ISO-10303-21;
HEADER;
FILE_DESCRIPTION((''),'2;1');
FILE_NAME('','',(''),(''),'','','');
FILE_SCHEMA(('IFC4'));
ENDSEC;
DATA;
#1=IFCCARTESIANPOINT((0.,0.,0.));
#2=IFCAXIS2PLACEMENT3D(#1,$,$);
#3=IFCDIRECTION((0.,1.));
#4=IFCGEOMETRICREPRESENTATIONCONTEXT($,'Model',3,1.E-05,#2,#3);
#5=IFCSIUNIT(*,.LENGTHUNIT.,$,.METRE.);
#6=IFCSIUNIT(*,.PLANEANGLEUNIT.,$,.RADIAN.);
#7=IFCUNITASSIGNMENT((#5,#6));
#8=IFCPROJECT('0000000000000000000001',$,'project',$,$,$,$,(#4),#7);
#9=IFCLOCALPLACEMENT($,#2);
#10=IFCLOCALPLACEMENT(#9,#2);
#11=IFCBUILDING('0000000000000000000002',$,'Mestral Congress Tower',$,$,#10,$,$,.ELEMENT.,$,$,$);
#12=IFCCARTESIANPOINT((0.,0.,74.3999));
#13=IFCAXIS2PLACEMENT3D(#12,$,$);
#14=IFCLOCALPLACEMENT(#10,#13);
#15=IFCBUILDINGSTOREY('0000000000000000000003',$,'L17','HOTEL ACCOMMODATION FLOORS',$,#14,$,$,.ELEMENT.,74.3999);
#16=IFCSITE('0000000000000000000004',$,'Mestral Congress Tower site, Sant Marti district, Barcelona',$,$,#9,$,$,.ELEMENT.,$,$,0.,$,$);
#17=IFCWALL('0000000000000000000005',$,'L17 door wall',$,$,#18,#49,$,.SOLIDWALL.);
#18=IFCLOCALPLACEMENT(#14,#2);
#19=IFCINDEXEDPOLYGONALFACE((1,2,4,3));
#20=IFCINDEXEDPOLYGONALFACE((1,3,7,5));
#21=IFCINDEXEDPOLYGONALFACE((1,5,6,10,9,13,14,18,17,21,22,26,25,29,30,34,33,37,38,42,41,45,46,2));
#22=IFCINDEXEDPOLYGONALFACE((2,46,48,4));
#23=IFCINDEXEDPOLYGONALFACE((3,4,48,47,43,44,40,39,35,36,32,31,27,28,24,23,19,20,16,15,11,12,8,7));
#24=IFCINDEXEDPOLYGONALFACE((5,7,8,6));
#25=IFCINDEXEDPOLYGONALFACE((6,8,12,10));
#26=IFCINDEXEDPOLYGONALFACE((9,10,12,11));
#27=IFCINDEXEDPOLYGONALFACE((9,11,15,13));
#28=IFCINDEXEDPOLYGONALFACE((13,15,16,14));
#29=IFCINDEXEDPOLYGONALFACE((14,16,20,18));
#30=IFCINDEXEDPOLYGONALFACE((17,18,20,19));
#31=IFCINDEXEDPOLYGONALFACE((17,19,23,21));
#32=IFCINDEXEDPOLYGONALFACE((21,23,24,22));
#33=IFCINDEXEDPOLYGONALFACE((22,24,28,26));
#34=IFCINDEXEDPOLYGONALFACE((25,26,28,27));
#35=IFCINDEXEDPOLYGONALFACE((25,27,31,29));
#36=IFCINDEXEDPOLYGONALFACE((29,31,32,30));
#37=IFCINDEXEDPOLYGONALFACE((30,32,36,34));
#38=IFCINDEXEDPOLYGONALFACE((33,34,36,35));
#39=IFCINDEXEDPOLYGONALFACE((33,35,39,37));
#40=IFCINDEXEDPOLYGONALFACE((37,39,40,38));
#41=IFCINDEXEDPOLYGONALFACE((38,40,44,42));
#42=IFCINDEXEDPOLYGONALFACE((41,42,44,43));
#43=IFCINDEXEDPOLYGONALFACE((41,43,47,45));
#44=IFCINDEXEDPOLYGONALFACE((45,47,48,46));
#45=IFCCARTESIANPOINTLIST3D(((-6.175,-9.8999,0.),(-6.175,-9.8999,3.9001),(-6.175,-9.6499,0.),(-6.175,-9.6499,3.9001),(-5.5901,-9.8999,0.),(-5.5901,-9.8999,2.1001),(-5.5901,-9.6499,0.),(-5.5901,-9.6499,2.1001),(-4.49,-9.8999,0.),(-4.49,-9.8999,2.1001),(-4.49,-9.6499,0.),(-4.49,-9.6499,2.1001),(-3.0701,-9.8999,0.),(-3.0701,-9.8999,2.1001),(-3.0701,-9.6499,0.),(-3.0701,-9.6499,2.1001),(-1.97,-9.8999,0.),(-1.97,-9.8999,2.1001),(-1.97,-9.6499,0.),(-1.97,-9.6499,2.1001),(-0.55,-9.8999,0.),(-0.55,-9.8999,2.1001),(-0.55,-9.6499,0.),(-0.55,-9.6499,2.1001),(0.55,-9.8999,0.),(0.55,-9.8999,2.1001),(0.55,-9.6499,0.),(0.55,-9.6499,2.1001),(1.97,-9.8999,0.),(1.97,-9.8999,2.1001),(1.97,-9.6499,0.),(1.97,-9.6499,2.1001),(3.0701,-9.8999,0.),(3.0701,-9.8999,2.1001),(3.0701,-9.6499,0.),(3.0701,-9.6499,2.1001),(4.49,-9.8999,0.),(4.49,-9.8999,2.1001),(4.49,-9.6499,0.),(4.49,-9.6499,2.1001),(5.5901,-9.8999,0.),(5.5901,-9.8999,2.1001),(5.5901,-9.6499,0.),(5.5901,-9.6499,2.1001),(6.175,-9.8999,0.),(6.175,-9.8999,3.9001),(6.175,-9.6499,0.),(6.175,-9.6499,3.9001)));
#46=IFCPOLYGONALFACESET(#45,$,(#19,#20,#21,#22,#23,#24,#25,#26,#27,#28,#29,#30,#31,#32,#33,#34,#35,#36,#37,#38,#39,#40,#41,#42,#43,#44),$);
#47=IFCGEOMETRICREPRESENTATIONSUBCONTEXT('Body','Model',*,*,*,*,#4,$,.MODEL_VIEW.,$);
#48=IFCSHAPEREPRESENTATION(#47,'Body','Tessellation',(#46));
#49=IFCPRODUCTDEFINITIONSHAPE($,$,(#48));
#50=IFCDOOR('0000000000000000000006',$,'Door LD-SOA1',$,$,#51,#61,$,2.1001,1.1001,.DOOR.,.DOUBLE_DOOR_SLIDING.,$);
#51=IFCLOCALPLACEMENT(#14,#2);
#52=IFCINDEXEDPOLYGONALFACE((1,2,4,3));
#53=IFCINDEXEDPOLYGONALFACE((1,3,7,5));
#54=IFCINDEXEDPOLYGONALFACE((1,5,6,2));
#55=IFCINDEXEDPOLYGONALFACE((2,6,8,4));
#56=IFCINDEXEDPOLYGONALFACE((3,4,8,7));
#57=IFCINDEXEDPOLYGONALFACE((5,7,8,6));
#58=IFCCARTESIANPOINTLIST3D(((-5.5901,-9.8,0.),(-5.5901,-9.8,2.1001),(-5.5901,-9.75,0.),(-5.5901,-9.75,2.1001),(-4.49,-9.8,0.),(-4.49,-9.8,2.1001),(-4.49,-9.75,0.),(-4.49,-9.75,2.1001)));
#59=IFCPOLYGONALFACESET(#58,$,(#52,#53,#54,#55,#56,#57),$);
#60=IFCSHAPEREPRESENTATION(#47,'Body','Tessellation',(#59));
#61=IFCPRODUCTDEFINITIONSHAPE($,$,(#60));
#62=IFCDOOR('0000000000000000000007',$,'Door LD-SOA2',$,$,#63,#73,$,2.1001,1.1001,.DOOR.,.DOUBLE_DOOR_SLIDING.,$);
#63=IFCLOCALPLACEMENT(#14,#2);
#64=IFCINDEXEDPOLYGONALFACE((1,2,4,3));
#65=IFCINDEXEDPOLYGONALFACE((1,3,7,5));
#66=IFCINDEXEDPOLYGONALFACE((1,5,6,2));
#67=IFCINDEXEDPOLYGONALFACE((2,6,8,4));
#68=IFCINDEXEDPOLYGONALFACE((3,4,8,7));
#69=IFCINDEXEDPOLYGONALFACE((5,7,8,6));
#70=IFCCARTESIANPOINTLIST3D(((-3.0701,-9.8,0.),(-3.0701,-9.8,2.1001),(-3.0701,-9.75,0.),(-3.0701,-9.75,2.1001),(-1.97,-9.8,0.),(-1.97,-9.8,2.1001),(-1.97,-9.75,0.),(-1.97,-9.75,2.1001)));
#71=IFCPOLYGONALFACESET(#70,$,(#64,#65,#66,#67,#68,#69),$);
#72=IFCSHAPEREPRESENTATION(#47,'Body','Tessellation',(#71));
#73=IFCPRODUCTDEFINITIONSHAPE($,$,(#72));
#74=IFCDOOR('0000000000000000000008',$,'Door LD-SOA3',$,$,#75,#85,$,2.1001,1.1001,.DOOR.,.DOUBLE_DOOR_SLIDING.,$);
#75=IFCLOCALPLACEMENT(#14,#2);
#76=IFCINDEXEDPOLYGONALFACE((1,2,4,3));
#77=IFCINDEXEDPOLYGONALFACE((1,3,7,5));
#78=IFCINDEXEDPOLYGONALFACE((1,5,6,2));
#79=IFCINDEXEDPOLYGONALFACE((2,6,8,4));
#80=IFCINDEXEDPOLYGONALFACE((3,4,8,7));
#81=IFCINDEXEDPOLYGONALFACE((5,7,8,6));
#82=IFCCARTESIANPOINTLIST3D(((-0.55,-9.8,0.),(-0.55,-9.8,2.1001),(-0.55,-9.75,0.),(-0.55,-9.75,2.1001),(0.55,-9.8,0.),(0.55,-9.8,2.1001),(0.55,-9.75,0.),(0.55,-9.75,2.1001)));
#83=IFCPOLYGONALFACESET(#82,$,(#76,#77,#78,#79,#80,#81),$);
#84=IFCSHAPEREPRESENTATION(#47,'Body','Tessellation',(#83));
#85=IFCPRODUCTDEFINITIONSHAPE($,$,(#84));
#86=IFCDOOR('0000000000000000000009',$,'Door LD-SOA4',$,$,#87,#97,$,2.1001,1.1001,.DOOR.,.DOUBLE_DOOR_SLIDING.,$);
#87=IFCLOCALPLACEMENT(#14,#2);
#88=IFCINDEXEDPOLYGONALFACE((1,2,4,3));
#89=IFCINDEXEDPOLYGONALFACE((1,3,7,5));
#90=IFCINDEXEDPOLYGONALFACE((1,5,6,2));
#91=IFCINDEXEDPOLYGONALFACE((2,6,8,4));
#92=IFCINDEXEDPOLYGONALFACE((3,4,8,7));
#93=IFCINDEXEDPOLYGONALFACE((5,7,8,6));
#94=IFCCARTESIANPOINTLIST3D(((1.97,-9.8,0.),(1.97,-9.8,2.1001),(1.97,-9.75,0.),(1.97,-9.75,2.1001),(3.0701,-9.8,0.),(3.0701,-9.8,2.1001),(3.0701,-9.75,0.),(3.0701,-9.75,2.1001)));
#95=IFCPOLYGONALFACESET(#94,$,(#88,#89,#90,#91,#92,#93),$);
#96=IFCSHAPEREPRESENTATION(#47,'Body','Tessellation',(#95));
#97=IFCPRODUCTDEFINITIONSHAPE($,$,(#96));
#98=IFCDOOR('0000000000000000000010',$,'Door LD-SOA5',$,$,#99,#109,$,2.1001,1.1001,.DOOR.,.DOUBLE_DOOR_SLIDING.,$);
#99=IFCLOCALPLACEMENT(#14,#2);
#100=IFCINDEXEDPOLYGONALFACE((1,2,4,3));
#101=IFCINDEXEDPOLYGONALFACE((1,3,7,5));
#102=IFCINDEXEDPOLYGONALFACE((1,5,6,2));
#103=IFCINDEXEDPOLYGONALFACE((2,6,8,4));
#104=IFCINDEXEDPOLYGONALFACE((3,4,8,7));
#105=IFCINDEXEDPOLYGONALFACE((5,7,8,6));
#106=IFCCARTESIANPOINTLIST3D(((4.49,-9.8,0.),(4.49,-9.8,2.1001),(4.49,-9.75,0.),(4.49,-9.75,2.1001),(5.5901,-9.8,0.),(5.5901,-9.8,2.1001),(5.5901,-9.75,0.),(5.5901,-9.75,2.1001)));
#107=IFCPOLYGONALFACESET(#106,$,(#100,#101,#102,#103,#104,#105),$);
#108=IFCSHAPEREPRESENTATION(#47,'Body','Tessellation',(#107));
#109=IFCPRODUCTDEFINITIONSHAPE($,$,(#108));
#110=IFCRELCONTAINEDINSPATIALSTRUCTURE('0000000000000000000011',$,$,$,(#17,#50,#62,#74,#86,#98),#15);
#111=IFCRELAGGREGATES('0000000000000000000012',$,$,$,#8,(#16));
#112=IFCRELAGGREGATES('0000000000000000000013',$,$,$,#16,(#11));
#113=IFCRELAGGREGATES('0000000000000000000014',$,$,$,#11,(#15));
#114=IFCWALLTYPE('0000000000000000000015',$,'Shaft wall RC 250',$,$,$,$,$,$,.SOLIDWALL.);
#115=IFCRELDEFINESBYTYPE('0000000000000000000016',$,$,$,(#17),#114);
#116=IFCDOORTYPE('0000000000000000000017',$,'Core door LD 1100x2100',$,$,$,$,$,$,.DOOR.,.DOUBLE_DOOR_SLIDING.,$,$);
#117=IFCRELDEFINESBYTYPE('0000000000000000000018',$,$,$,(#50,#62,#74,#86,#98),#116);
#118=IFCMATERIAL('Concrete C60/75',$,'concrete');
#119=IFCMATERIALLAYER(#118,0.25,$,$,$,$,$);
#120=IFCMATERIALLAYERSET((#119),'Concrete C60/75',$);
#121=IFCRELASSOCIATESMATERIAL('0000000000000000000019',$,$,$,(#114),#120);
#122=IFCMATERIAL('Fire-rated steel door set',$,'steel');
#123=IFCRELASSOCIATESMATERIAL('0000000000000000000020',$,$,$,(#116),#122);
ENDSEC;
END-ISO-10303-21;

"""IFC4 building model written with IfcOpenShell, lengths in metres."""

from ifc_helpers import new_model, si_unit, direction, frame, frame_2d, origin, place, context, subcontext, project, spatial, rectangle, extrude, material, layer, layer_set, type_object, element, fill, save


model = new_model("IFC4")

# Units and contexts
model_context = context("Model", 3, precision=1e-05, world=origin(), true_north=direction((0.0, 1.0)))
body_context = subcontext(model_context, "Body", "Model", "MODEL_VIEW")
ifc_project = project(units=[si_unit("LENGTHUNIT", "METRE"), si_unit("PLANEANGLEUNIT", "RADIAN")], contexts=[model_context])

# Site, building, storey
site_placement = place(None, origin())
site = spatial("IfcSite", under=ifc_project, at=site_placement, Name="Mestral Congress Tower site, Sant Marti district, Barcelona", CompositionType="ELEMENT", RefElevation=0.0)
building_placement = place(site_placement, origin())
building = spatial("IfcBuilding", under=site, at=building_placement, Name="Mestral Congress Tower", CompositionType="ELEMENT")
storey_placement = place(building_placement, frame((0.0, 0.0, 74.3999)))
storey = spatial("IfcBuildingStorey", under=building, at=storey_placement, Name="L17", Description="HOTEL ACCOMMODATION FLOORS", CompositionType="ELEMENT", Elevation=74.3999)

# Shared definitions
ifc_material_1 = material(Name="Concrete C60/75", Category="concrete")
ifc_layer_1 = layer(ifc_material_1, 0.25)
ifc_layer_set_1 = layer_set([ifc_layer_1], Name="Concrete C60/75")
wall_type_1 = type_object("IfcWallType", Name="Shaft wall RC 250", PredefinedType="SOLIDWALL", material=ifc_layer_set_1)

# Wall, openings, doors
wall_1_placement = place(storey_placement, frame((-6.175, -9.7749, 0.0), z_axis=(0.0, 0.0, 1.0), x_axis=(1.0, 0.0, 0.0)))
wall_1 = element("IfcWall", 1, at=wall_1_placement, inside=storey, type_object=wall_type_1, Name="L17 door wall", PredefinedType="SOLIDWALL", context=body_context, shape_type="SweptSolid", body=[
    extrude(rectangle(XDim=12.3501, YDim=0.25, at=frame_2d((6.175, 0.0))), origin(), (0.0, 0.0, 1.0), 3.9001),
])
opening_1_placement = place(wall_1_placement, frame((0.585, 0.0, 0.0)))
opening_1 = element("IfcOpeningElement", 2, at=opening_1_placement, cuts=wall_1, PredefinedType="OPENING", context=body_context, shape_type="SweptSolid", body=[
    extrude(rectangle(XDim=1.1001, YDim=2.1001, at=frame_2d((0.55, 1.05))), frame((0.0, 0.135, 0.0), z_axis=(0.0, -1.0, 0.0), x_axis=(1.0, 0.0, 0.0)), (0.0, 0.0, 1.0), 0.27),
])
opening_2_placement = place(wall_1_placement, frame((3.105, 0.0, 0.0)))
opening_2 = element("IfcOpeningElement", 3, at=opening_2_placement, cuts=wall_1, PredefinedType="OPENING", context=body_context, shape_type="SweptSolid", body=[
    extrude(rectangle(XDim=1.1001, YDim=2.1001, at=frame_2d((0.55, 1.05))), frame((0.0, 0.135, 0.0), z_axis=(0.0, -1.0, 0.0), x_axis=(1.0, 0.0, 0.0)), (0.0, 0.0, 1.0), 0.27),
])
opening_3_placement = place(wall_1_placement, frame((5.625, 0.0, 0.0)))
opening_3 = element("IfcOpeningElement", 4, at=opening_3_placement, cuts=wall_1, PredefinedType="OPENING", context=body_context, shape_type="SweptSolid", body=[
    extrude(rectangle(XDim=1.1001, YDim=2.1001, at=frame_2d((0.55, 1.05))), frame((0.0, 0.135, 0.0), z_axis=(0.0, -1.0, 0.0), x_axis=(1.0, 0.0, 0.0)), (0.0, 0.0, 1.0), 0.27),
])
opening_4_placement = place(wall_1_placement, frame((8.145, 0.0, 0.0)))
opening_4 = element("IfcOpeningElement", 5, at=opening_4_placement, cuts=wall_1, PredefinedType="OPENING", context=body_context, shape_type="SweptSolid", body=[
    extrude(rectangle(XDim=1.1001, YDim=2.1001, at=frame_2d((0.55, 1.05))), frame((0.0, 0.135, 0.0), z_axis=(0.0, -1.0, 0.0), x_axis=(1.0, 0.0, 0.0)), (0.0, 0.0, 1.0), 0.27),
])
opening_5_placement = place(wall_1_placement, frame((10.665, 0.0, 0.0)))
opening_5 = element("IfcOpeningElement", 6, at=opening_5_placement, cuts=wall_1, PredefinedType="OPENING", context=body_context, shape_type="SweptSolid", body=[
    extrude(rectangle(XDim=1.1001, YDim=2.1001, at=frame_2d((0.55, 1.05))), frame((0.0, 0.135, 0.0), z_axis=(0.0, -1.0, 0.0), x_axis=(1.0, 0.0, 0.0)), (0.0, 0.0, 1.0), 0.27),
])
ifc_material_2 = material(Name="Fire-rated steel door set", Category="steel")
door_type_1 = type_object("IfcDoorType", Name="Core door LD 1100x2100", OperationType="DOUBLE_DOOR_SLIDING", PredefinedType="DOOR", material=ifc_material_2)
door_1_placement = place(opening_1_placement, origin())
door_1 = element("IfcDoor", 7, at=door_1_placement, inside=storey, type_object=door_type_1, Name="Door LD-SOA1", OperationType="DOUBLE_DOOR_SLIDING", OverallHeight=2.1001, OverallWidth=1.1001, PredefinedType="DOOR", context=body_context, shape_type="SweptSolid", body=[
    extrude(rectangle(XDim=1.1001, YDim=2.1001, at=frame_2d((0.55, 1.05))), frame((0.0, 0.0249, 0.0), z_axis=(0.0, -1.0, 0.0), x_axis=(1.0, 0.0, 0.0)), (0.0, 0.0, 1.0), 0.05),
])
fill(opening_1, door_1)
door_2_placement = place(opening_2_placement, origin())
door_2 = element("IfcDoor", 8, at=door_2_placement, inside=storey, type_object=door_type_1, Name="Door LD-SOA2", OperationType="DOUBLE_DOOR_SLIDING", OverallHeight=2.1001, OverallWidth=1.1001, PredefinedType="DOOR", context=body_context, shape_type="SweptSolid", body=[
    extrude(rectangle(XDim=1.1001, YDim=2.1001, at=frame_2d((0.55, 1.05))), frame((0.0, 0.0249, 0.0), z_axis=(0.0, -1.0, 0.0), x_axis=(1.0, 0.0, 0.0)), (0.0, 0.0, 1.0), 0.05),
])
fill(opening_2, door_2)
door_3_placement = place(opening_3_placement, origin())
door_3 = element("IfcDoor", 9, at=door_3_placement, inside=storey, type_object=door_type_1, Name="Door LD-SOA3", OperationType="DOUBLE_DOOR_SLIDING", OverallHeight=2.1001, OverallWidth=1.1001, PredefinedType="DOOR", context=body_context, shape_type="SweptSolid", body=[
    extrude(rectangle(XDim=1.1001, YDim=2.1001, at=frame_2d((0.55, 1.05))), frame((0.0, 0.0249, 0.0), z_axis=(0.0, -1.0, 0.0), x_axis=(1.0, 0.0, 0.0)), (0.0, 0.0, 1.0), 0.05),
])
fill(opening_3, door_3)
door_4_placement = place(opening_4_placement, origin())
door_4 = element("IfcDoor", 10, at=door_4_placement, inside=storey, type_object=door_type_1, Name="Door LD-SOA4", OperationType="DOUBLE_DOOR_SLIDING", OverallHeight=2.1001, OverallWidth=1.1001, PredefinedType="DOOR", context=body_context, shape_type="SweptSolid", body=[
    extrude(rectangle(XDim=1.1001, YDim=2.1001, at=frame_2d((0.55, 1.05))), frame((0.0, 0.0249, 0.0), z_axis=(0.0, -1.0, 0.0), x_axis=(1.0, 0.0, 0.0)), (0.0, 0.0, 1.0), 0.05),
])
fill(opening_4, door_4)
door_5_placement = place(opening_5_placement, origin())
door_5 = element("IfcDoor", 11, at=door_5_placement, inside=storey, type_object=door_type_1, Name="Door LD-SOA5", OperationType="DOUBLE_DOOR_SLIDING", OverallHeight=2.1001, OverallWidth=1.1001, PredefinedType="DOOR", context=body_context, shape_type="SweptSolid", body=[
    extrude(rectangle(XDim=1.1001, YDim=2.1001, at=frame_2d((0.55, 1.05))), frame((0.0, 0.0249, 0.0), z_axis=(0.0, -1.0, 0.0), x_axis=(1.0, 0.0, 0.0)), (0.0, 0.0, 1.0), 0.05),
])
fill(opening_5, door_5)

save(model, "model.ifc")
